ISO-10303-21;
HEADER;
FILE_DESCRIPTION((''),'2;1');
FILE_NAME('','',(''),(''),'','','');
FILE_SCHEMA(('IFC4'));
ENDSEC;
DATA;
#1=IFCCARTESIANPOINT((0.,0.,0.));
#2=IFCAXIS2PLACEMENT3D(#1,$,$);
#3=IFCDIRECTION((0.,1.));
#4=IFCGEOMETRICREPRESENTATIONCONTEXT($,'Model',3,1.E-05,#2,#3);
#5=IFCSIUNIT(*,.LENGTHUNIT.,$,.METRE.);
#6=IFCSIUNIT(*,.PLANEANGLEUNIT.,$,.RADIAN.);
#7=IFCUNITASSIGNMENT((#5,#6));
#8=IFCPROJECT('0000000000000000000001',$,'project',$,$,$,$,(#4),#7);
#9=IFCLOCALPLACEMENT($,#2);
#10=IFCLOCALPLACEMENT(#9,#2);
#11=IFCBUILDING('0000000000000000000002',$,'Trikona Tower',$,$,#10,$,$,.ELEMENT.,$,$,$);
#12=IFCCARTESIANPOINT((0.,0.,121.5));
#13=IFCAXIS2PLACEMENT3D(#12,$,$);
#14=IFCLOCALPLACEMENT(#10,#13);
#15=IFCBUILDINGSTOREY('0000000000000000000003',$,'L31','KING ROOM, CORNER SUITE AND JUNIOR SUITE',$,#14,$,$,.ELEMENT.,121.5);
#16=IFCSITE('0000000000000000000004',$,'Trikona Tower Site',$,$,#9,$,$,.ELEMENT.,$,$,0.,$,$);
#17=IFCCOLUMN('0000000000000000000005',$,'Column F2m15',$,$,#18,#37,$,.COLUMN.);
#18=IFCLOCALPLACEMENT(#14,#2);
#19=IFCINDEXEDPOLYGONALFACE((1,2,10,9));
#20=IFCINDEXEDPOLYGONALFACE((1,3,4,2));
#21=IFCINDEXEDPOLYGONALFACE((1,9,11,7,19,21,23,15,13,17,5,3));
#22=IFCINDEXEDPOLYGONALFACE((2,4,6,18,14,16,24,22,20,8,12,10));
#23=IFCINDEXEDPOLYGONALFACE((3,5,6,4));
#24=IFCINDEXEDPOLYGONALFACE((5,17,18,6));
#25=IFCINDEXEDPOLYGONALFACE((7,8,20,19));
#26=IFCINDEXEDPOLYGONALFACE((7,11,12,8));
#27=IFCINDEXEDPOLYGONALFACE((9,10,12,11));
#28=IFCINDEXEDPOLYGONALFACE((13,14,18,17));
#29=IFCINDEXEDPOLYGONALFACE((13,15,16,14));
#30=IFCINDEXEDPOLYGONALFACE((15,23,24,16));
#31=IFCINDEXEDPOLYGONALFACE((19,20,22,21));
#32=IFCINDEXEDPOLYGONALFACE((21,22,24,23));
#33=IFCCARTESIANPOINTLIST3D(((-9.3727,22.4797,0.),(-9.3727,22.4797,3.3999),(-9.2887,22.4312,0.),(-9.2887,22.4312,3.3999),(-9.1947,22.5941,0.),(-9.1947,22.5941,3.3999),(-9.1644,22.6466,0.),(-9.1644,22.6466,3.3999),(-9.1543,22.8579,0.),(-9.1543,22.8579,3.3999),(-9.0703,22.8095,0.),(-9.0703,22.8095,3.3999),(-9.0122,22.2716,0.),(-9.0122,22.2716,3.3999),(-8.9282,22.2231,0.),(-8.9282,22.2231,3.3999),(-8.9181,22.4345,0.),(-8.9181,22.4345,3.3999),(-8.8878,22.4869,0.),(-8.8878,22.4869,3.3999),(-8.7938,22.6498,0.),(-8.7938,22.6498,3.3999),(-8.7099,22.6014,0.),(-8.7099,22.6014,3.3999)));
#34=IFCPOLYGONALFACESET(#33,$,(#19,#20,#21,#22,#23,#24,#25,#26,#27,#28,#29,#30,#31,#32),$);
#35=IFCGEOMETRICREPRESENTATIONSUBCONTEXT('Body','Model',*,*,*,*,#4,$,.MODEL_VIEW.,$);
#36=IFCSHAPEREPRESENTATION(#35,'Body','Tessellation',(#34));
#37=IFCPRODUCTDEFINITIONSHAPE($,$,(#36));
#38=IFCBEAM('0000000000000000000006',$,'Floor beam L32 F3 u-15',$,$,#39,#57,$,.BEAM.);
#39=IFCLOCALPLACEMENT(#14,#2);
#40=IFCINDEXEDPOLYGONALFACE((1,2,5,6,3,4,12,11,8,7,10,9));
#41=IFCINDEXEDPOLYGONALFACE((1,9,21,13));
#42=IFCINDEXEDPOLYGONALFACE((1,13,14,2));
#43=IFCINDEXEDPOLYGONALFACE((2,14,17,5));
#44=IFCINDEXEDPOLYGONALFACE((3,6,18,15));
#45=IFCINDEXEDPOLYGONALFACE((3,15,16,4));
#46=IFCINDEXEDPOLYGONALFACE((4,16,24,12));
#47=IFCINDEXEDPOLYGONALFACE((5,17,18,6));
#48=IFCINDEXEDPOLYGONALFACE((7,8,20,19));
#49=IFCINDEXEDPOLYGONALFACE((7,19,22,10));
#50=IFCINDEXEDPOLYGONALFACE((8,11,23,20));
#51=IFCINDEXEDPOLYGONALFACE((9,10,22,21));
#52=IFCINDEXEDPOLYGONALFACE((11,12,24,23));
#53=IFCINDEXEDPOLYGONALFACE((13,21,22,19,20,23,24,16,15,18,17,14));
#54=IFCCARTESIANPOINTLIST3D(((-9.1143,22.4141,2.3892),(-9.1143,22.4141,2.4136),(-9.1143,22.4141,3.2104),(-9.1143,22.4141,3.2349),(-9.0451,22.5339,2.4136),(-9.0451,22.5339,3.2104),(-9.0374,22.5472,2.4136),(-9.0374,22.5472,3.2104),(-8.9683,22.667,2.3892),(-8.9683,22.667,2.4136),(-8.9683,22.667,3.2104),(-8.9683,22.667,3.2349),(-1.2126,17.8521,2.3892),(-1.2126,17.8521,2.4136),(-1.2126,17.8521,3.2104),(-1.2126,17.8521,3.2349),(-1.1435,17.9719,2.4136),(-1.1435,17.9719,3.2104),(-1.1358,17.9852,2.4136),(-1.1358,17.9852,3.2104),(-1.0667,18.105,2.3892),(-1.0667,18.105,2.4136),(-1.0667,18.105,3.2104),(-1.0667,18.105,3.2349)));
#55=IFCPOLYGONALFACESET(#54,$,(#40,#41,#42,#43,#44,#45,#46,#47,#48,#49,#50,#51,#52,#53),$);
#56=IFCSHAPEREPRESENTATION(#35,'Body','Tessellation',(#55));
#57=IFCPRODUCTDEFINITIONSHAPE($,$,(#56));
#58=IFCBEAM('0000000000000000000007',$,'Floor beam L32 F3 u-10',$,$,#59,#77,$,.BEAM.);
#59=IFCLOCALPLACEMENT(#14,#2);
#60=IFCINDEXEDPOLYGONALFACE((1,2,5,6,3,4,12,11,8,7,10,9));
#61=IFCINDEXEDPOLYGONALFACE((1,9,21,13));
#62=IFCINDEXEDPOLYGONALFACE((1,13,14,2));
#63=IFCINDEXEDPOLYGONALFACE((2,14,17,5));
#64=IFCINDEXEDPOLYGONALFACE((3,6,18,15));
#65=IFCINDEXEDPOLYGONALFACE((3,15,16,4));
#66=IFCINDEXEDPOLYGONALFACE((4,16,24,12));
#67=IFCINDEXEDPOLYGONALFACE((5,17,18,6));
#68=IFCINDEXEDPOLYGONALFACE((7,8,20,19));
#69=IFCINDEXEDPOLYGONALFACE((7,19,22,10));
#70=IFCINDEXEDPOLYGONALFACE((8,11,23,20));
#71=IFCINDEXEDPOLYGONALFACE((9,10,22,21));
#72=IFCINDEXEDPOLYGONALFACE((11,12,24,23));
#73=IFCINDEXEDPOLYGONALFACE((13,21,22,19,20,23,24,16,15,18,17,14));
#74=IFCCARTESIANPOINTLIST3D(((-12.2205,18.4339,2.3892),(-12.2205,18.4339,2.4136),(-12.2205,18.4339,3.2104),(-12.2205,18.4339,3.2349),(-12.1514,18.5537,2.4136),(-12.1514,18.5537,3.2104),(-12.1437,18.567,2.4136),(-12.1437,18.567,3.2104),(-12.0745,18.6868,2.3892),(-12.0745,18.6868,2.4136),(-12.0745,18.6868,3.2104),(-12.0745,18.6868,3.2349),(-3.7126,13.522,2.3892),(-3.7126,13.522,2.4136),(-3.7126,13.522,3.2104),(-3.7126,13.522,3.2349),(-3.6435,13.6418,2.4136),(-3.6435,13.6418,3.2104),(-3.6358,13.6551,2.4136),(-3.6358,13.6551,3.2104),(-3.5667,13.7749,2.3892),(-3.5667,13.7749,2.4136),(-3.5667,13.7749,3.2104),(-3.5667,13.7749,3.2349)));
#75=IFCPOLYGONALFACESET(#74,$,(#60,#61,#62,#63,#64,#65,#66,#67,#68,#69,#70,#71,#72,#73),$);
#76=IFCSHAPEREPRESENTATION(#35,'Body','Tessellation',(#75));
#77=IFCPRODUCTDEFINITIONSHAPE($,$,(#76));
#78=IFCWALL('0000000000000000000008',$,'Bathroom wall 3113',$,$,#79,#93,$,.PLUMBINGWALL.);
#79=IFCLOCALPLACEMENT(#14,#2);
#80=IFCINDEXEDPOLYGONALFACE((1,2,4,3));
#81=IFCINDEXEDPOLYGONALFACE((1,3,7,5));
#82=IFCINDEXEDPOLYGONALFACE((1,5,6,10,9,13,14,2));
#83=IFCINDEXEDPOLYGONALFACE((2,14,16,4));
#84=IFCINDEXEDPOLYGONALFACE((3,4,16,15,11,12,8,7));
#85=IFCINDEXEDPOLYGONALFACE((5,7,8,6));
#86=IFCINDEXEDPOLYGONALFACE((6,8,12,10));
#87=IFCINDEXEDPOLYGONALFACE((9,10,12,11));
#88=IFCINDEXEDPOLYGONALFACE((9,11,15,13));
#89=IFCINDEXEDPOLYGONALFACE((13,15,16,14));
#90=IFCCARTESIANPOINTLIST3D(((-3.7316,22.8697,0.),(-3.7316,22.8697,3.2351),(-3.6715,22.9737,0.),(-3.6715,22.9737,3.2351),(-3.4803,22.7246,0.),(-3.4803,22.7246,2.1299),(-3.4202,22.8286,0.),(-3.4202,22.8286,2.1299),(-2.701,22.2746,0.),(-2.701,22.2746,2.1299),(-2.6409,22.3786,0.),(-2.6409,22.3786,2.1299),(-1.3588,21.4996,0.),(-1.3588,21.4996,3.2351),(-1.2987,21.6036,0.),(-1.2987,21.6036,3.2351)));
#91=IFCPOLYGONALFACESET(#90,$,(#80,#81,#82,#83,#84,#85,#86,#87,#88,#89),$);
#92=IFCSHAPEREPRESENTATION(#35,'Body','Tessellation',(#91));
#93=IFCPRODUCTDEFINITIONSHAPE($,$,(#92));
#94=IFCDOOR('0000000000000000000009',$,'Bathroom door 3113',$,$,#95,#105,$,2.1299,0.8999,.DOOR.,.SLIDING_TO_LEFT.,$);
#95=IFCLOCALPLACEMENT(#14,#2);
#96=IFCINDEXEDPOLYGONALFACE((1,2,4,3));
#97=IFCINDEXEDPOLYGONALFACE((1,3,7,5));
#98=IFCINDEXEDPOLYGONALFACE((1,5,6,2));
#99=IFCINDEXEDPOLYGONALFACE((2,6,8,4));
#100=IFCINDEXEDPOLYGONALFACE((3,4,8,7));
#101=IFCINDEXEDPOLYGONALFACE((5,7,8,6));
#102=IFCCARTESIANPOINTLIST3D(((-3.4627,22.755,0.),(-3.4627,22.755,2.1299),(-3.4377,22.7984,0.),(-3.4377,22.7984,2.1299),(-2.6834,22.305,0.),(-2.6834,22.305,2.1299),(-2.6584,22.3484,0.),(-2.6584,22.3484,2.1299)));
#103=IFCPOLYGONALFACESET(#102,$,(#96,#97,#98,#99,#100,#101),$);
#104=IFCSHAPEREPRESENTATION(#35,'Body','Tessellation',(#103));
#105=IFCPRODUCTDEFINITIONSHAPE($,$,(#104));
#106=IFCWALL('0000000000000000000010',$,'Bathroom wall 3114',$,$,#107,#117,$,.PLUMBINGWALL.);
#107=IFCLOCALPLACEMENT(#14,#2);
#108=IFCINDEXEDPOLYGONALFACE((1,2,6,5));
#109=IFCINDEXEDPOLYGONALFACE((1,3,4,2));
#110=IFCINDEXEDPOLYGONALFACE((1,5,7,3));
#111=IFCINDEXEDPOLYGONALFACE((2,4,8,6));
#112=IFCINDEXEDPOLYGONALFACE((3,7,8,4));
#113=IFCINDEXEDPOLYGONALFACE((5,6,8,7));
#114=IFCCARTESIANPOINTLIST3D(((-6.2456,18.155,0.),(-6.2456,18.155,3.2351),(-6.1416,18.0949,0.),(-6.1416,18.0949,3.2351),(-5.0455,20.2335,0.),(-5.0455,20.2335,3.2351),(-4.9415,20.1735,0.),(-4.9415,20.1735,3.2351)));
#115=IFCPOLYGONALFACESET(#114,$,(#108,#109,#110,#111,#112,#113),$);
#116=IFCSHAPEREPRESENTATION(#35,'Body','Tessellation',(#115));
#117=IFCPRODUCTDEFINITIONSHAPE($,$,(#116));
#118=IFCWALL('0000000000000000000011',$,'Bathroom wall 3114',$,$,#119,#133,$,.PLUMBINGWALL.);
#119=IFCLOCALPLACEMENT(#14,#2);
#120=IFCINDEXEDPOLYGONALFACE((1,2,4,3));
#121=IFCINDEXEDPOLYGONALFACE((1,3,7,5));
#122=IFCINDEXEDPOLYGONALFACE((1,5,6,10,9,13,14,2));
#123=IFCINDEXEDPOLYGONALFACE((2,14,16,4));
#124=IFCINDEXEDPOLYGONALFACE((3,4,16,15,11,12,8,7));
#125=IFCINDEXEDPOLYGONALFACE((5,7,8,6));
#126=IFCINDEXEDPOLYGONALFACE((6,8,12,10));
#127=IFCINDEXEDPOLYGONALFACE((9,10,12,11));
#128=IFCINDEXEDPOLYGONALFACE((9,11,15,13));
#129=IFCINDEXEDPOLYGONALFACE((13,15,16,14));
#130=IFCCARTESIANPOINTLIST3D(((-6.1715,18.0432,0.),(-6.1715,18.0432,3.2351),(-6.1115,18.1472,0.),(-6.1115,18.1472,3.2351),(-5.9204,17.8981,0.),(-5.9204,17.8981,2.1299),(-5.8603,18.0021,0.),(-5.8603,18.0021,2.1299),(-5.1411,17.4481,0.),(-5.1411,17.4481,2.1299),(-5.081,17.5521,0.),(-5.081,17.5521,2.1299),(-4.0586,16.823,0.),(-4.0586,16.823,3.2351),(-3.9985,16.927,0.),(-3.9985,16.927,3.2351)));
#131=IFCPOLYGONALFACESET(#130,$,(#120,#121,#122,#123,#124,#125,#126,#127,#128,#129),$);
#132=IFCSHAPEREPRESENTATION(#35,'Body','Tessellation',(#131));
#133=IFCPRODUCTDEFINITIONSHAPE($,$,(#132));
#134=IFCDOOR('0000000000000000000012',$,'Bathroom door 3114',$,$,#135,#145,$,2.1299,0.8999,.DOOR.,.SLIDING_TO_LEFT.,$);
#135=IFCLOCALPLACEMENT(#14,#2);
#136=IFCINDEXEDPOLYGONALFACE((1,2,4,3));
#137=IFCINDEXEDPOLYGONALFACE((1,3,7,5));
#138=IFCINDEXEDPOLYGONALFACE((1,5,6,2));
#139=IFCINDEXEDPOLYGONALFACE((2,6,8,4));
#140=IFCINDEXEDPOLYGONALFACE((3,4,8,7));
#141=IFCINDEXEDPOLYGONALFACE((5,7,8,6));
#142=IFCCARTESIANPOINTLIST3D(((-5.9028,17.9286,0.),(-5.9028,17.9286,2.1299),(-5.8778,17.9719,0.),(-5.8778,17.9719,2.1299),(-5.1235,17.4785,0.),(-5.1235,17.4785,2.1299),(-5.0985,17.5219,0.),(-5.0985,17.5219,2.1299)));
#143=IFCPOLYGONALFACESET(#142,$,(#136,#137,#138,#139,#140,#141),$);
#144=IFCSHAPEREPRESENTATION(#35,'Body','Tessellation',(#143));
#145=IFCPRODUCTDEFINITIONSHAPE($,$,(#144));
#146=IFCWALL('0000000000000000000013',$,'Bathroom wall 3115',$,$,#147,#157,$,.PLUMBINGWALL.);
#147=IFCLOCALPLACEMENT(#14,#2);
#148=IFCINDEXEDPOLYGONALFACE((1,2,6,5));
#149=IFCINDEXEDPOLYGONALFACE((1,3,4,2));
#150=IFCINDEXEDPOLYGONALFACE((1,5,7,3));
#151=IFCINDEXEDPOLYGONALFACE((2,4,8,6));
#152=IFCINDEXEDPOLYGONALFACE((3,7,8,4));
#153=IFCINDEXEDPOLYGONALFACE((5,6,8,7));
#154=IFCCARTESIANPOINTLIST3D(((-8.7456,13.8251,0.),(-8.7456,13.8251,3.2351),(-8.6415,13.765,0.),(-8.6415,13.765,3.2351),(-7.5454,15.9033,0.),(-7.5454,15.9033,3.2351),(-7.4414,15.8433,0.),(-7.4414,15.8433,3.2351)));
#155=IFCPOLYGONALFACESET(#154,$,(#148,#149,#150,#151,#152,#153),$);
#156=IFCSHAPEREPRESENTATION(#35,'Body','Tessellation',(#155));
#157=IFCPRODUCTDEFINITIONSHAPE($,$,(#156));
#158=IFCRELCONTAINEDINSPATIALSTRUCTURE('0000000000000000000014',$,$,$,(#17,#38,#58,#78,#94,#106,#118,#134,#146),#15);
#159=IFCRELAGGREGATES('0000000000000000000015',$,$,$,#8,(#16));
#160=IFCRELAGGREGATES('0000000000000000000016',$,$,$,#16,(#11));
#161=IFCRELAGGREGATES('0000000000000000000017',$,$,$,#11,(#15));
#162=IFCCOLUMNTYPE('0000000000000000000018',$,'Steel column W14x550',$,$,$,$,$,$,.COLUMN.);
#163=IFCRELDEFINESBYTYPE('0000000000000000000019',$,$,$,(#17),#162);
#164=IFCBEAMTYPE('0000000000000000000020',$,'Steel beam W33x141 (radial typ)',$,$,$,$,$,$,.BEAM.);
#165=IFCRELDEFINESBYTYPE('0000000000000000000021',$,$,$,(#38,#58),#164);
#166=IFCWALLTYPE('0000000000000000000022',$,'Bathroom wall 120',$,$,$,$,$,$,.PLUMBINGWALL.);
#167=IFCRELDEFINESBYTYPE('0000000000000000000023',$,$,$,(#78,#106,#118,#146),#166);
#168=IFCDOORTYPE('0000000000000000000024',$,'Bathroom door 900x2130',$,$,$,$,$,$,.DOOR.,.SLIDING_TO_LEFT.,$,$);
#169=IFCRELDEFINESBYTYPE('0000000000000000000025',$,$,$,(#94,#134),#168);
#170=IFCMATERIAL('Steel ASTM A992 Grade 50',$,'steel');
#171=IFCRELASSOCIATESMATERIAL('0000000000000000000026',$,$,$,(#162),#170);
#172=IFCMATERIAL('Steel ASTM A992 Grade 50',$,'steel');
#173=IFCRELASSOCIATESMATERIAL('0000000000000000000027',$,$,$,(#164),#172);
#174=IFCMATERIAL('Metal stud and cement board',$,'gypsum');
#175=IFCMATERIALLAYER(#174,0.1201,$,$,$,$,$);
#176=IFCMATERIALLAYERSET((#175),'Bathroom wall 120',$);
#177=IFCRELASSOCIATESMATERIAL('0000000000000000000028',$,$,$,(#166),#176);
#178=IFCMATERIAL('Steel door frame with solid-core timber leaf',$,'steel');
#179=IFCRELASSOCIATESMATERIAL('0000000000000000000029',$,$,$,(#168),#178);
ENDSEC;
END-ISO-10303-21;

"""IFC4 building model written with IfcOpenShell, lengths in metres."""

from ifc_helpers import new_model, si_unit, direction, frame, frame_2d, origin, origin_2d, place, context, subcontext, project, spatial, rectangle, i_section, extrude, material, layer, layer_set, material_profile, profile_set, type_object, element, fill, save


model = new_model("IFC4")

# Units and contexts
model_context = context("Model", 3, precision=1e-05, world=origin(), true_north=direction((0.0, 1.0)))
body_context = subcontext(model_context, "Body", "Model", "MODEL_VIEW")
ifc_project = project(units=[si_unit("LENGTHUNIT", "METRE"), si_unit("PLANEANGLEUNIT", "RADIAN")], contexts=[model_context])

# Site, building, storey
site_placement = place(None, origin())
site = spatial("IfcSite", under=ifc_project, at=site_placement, Name="Trikona Tower Site", CompositionType="ELEMENT", RefElevation=0.0)
building_placement = place(site_placement, origin())
building = spatial("IfcBuilding", under=site, at=building_placement, Name="Trikona Tower", CompositionType="ELEMENT")
storey_placement = place(building_placement, frame((0.0, 0.0, 121.5)))
storey = spatial("IfcBuildingStorey", under=building, at=storey_placement, Name="L31", Description="KING ROOM, CORNER SUITE AND JUNIOR SUITE", CompositionType="ELEMENT", Elevation=121.5)

# Column
ifc_material_1 = material(Name="Steel ASTM A992 Grade 50", Category="steel")
ifc_material_profile_1 = material_profile(ifc_material_1, i_section(OverallWidth=0.4368, OverallDepth=0.5132, WebThickness=0.0605, FlangeThickness=0.0969, at=origin_2d()), Name="W14X550")
ifc_profile_set_1 = profile_set([ifc_material_profile_1], Name="Steel ASTM A992 Grade 50")
column_type = type_object("IfcColumnType", Name="Steel column W14x550", PredefinedType="COLUMN", material=ifc_profile_set_1)
column_placement = place(storey_placement, frame((-9.0413, 22.5405, 0.0), z_axis=(0.0, 0.0, 1.0), x_axis=(-0.5, -0.866025, 0.0)))
element("IfcColumn", 1, at=column_placement, inside=storey, type_object=column_type, Name="Column F2m15", PredefinedType="COLUMN", context=body_context, shape_type="SweptSolid", body=[
    extrude(i_section(OverallWidth=0.4368, OverallDepth=0.5132, WebThickness=0.0605, FlangeThickness=0.0969, at=origin_2d()), origin(), (0.0, 0.0, 1.0), 3.3999),
])

# Beams
ifc_material_2 = material(Name="Steel ASTM A992 Grade 50", Category="steel")
ifc_material_profile_2 = material_profile(ifc_material_2, i_section(OverallWidth=0.292, OverallDepth=0.8457, WebThickness=0.0154, FlangeThickness=0.0244, at=origin_2d()), Name="W33X141")
ifc_profile_set_2 = profile_set([ifc_material_profile_2], Name="Steel ASTM A992 Grade 50")
beam_type = type_object("IfcBeamType", Name="Steel beam W33x141 (radial typ)", PredefinedType="BEAM", material=ifc_profile_set_2)
beam_1_placement = place(storey_placement, frame((-1.1396, 17.9785, 2.812), z_axis=(-0.866025, 0.500001, 0.0), x_axis=(-0.500001, -0.866025, 0.0)))
element("IfcBeam", 2, at=beam_1_placement, inside=storey, type_object=beam_type, Name="Floor beam L32 F3 u-15", PredefinedType="BEAM", context=body_context, shape_type="SweptSolid", body=[
    extrude(i_section(OverallWidth=0.292, OverallDepth=0.8457, WebThickness=0.0154, FlangeThickness=0.0244, at=origin_2d()), origin(), (0.0, 0.0, 1.0), 9.124),
])
beam_2_placement = place(storey_placement, frame((-3.6396, 13.6484, 2.812), z_axis=(-0.866031, 0.499991, 0.0), x_axis=(-0.499991, -0.866031, 0.0)))
element("IfcBeam", 3, at=beam_2_placement, inside=storey, type_object=beam_type, Name="Floor beam L32 F3 u-10", PredefinedType="BEAM", context=body_context, shape_type="SweptSolid", body=[
    extrude(i_section(OverallWidth=0.292, OverallDepth=0.8457, WebThickness=0.0154, FlangeThickness=0.0244, at=origin_2d()), origin(), (0.0, 0.0, 1.0), 9.824),
])

# Wall, opening, door
ifc_material_3 = material(Name="Metal stud and cement board", Category="gypsum")
ifc_layer_1 = layer(ifc_material_3, 0.1201)
ifc_layer_set_1 = layer_set([ifc_layer_1], Name="Bathroom wall 120")
wall_type_1 = type_object("IfcWallType", Name="Bathroom wall 120", PredefinedType="PLUMBINGWALL", material=ifc_layer_set_1)
wall_1_placement = place(storey_placement, frame((-1.3286, 21.5515, 0.0), z_axis=(0.0, 0.0, 1.0), x_axis=(-0.865997, 0.500049, 0.0)))
wall_1 = element("IfcWall", 4, at=wall_1_placement, inside=storey, type_object=wall_type_1, Name="Bathroom wall 3113", PredefinedType="PLUMBINGWALL", context=body_context, shape_type="SweptSolid", body=[
    extrude(rectangle(XDim=2.74, YDim=0.1201, at=frame_2d((1.3701, 0.0))), origin(), (0.0, 0.0, 1.0), 3.2351),
])
opening_1_placement = place(wall_1_placement, frame((1.55, 0.0, 0.0)))
opening_1 = element("IfcOpeningElement", 5, at=opening_1_placement, cuts=wall_1, PredefinedType="OPENING", context=body_context, shape_type="SweptSolid", body=[
    extrude(rectangle(XDim=0.8999, YDim=2.1299, at=frame_2d((0.45, 1.0649))), frame((0.0, 0.0701, 0.0), z_axis=(0.0, -1.0, 0.0), x_axis=(1.0, 0.0, 0.0)), (0.0, 0.0, 1.0), 0.1401),
])
ifc_material_4 = material(Name="Steel door frame with solid-core timber leaf", Category="steel")
door_type_1 = type_object("IfcDoorType", Name="Bathroom door 900x2130", OperationType="SLIDING_TO_LEFT", PredefinedType="DOOR", material=ifc_material_4)
door_1_placement = place(opening_1_placement, origin())
door_1 = element("IfcDoor", 6, at=door_1_placement, inside=storey, type_object=door_type_1, Name="Bathroom door 3113", OperationType="SLIDING_TO_LEFT", OverallHeight=2.1299, OverallWidth=0.8999, PredefinedType="DOOR", context=body_context, shape_type="SweptSolid", body=[
    extrude(rectangle(XDim=0.8999, YDim=2.1299, at=frame_2d((0.45, 1.0649))), frame((0.0, 0.0249, 0.0), z_axis=(0.0, -1.0, 0.0), x_axis=(1.0, 0.0, 0.0)), (0.0, 0.0, 1.0), 0.05),
])
fill(opening_1, door_1)

# Wall
wall_2_placement = place(storey_placement, frame((-4.9934, 20.2036, 0.0), z_axis=(0.0, 0.0, 1.0), x_axis=(-0.500034, -0.866006, 0.0)))
element("IfcWall", 7, at=wall_2_placement, inside=storey, type_object=wall_type_1, Name="Bathroom wall 3114", PredefinedType="PLUMBINGWALL", context=body_context, shape_type="SweptSolid", body=[
    extrude(rectangle(XDim=2.4001, YDim=0.1201, at=frame_2d((1.2002, 0.0))), origin(), (0.0, 0.0, 1.0), 3.2351),
])

# Wall, opening, door
wall_3_placement = place(storey_placement, frame((-4.0286, 16.875, 0.0), z_axis=(0.0, 0.0, 1.0), x_axis=(-0.865981, 0.500078, 0.0)))
wall_3 = element("IfcWall", 8, at=wall_3_placement, inside=storey, type_object=wall_type_1, Name="Bathroom wall 3114", PredefinedType="PLUMBINGWALL", context=body_context, shape_type="SweptSolid", body=[
    extrude(rectangle(XDim=2.4399, YDim=0.1201, at=frame_2d((1.22, 0.0))), origin(), (0.0, 0.0, 1.0), 3.2351),
])
opening_2_placement = place(wall_3_placement, frame((1.25, 0.0, 0.0)))
opening_2 = element("IfcOpeningElement", 9, at=opening_2_placement, cuts=wall_3, PredefinedType="OPENING", context=body_context, shape_type="SweptSolid", body=[
    extrude(rectangle(XDim=0.8999, YDim=2.1299, at=frame_2d((0.45, 1.0649))), frame((0.0, 0.0701, 0.0), z_axis=(0.0, -1.0, 0.0), x_axis=(1.0, 0.0, 0.0)), (0.0, 0.0, 1.0), 0.1401),
])
door_2_placement = place(opening_2_placement, origin())
door_2 = element("IfcDoor", 10, at=door_2_placement, inside=storey, type_object=door_type_1, Name="Bathroom door 3114", OperationType="SLIDING_TO_LEFT", OverallHeight=2.1299, OverallWidth=0.8999, PredefinedType="DOOR", context=body_context, shape_type="SweptSolid", body=[
    extrude(rectangle(XDim=0.8999, YDim=2.1299, at=frame_2d((0.45, 1.0649))), frame((0.0, 0.0249, 0.0), z_axis=(0.0, -1.0, 0.0), x_axis=(1.0, 0.0, 0.0)), (0.0, 0.0, 1.0), 0.05),
])
fill(opening_2, door_2)

# Wall
wall_4_placement = place(storey_placement, frame((-7.4934, 15.8733, 0.0), z_axis=(0.0, 0.0, 1.0), x_axis=(-0.500078, -0.865981, 0.0)))
element("IfcWall", 11, at=wall_4_placement, inside=storey, type_object=wall_type_1, Name="Bathroom wall 3115", PredefinedType="PLUMBINGWALL", context=body_context, shape_type="SweptSolid", body=[
    extrude(rectangle(XDim=2.3999, YDim=0.1201, at=frame_2d((1.2, 0.0))), origin(), (0.0, 0.0, 1.0), 3.2351),
])

save(model, "model.ifc")
